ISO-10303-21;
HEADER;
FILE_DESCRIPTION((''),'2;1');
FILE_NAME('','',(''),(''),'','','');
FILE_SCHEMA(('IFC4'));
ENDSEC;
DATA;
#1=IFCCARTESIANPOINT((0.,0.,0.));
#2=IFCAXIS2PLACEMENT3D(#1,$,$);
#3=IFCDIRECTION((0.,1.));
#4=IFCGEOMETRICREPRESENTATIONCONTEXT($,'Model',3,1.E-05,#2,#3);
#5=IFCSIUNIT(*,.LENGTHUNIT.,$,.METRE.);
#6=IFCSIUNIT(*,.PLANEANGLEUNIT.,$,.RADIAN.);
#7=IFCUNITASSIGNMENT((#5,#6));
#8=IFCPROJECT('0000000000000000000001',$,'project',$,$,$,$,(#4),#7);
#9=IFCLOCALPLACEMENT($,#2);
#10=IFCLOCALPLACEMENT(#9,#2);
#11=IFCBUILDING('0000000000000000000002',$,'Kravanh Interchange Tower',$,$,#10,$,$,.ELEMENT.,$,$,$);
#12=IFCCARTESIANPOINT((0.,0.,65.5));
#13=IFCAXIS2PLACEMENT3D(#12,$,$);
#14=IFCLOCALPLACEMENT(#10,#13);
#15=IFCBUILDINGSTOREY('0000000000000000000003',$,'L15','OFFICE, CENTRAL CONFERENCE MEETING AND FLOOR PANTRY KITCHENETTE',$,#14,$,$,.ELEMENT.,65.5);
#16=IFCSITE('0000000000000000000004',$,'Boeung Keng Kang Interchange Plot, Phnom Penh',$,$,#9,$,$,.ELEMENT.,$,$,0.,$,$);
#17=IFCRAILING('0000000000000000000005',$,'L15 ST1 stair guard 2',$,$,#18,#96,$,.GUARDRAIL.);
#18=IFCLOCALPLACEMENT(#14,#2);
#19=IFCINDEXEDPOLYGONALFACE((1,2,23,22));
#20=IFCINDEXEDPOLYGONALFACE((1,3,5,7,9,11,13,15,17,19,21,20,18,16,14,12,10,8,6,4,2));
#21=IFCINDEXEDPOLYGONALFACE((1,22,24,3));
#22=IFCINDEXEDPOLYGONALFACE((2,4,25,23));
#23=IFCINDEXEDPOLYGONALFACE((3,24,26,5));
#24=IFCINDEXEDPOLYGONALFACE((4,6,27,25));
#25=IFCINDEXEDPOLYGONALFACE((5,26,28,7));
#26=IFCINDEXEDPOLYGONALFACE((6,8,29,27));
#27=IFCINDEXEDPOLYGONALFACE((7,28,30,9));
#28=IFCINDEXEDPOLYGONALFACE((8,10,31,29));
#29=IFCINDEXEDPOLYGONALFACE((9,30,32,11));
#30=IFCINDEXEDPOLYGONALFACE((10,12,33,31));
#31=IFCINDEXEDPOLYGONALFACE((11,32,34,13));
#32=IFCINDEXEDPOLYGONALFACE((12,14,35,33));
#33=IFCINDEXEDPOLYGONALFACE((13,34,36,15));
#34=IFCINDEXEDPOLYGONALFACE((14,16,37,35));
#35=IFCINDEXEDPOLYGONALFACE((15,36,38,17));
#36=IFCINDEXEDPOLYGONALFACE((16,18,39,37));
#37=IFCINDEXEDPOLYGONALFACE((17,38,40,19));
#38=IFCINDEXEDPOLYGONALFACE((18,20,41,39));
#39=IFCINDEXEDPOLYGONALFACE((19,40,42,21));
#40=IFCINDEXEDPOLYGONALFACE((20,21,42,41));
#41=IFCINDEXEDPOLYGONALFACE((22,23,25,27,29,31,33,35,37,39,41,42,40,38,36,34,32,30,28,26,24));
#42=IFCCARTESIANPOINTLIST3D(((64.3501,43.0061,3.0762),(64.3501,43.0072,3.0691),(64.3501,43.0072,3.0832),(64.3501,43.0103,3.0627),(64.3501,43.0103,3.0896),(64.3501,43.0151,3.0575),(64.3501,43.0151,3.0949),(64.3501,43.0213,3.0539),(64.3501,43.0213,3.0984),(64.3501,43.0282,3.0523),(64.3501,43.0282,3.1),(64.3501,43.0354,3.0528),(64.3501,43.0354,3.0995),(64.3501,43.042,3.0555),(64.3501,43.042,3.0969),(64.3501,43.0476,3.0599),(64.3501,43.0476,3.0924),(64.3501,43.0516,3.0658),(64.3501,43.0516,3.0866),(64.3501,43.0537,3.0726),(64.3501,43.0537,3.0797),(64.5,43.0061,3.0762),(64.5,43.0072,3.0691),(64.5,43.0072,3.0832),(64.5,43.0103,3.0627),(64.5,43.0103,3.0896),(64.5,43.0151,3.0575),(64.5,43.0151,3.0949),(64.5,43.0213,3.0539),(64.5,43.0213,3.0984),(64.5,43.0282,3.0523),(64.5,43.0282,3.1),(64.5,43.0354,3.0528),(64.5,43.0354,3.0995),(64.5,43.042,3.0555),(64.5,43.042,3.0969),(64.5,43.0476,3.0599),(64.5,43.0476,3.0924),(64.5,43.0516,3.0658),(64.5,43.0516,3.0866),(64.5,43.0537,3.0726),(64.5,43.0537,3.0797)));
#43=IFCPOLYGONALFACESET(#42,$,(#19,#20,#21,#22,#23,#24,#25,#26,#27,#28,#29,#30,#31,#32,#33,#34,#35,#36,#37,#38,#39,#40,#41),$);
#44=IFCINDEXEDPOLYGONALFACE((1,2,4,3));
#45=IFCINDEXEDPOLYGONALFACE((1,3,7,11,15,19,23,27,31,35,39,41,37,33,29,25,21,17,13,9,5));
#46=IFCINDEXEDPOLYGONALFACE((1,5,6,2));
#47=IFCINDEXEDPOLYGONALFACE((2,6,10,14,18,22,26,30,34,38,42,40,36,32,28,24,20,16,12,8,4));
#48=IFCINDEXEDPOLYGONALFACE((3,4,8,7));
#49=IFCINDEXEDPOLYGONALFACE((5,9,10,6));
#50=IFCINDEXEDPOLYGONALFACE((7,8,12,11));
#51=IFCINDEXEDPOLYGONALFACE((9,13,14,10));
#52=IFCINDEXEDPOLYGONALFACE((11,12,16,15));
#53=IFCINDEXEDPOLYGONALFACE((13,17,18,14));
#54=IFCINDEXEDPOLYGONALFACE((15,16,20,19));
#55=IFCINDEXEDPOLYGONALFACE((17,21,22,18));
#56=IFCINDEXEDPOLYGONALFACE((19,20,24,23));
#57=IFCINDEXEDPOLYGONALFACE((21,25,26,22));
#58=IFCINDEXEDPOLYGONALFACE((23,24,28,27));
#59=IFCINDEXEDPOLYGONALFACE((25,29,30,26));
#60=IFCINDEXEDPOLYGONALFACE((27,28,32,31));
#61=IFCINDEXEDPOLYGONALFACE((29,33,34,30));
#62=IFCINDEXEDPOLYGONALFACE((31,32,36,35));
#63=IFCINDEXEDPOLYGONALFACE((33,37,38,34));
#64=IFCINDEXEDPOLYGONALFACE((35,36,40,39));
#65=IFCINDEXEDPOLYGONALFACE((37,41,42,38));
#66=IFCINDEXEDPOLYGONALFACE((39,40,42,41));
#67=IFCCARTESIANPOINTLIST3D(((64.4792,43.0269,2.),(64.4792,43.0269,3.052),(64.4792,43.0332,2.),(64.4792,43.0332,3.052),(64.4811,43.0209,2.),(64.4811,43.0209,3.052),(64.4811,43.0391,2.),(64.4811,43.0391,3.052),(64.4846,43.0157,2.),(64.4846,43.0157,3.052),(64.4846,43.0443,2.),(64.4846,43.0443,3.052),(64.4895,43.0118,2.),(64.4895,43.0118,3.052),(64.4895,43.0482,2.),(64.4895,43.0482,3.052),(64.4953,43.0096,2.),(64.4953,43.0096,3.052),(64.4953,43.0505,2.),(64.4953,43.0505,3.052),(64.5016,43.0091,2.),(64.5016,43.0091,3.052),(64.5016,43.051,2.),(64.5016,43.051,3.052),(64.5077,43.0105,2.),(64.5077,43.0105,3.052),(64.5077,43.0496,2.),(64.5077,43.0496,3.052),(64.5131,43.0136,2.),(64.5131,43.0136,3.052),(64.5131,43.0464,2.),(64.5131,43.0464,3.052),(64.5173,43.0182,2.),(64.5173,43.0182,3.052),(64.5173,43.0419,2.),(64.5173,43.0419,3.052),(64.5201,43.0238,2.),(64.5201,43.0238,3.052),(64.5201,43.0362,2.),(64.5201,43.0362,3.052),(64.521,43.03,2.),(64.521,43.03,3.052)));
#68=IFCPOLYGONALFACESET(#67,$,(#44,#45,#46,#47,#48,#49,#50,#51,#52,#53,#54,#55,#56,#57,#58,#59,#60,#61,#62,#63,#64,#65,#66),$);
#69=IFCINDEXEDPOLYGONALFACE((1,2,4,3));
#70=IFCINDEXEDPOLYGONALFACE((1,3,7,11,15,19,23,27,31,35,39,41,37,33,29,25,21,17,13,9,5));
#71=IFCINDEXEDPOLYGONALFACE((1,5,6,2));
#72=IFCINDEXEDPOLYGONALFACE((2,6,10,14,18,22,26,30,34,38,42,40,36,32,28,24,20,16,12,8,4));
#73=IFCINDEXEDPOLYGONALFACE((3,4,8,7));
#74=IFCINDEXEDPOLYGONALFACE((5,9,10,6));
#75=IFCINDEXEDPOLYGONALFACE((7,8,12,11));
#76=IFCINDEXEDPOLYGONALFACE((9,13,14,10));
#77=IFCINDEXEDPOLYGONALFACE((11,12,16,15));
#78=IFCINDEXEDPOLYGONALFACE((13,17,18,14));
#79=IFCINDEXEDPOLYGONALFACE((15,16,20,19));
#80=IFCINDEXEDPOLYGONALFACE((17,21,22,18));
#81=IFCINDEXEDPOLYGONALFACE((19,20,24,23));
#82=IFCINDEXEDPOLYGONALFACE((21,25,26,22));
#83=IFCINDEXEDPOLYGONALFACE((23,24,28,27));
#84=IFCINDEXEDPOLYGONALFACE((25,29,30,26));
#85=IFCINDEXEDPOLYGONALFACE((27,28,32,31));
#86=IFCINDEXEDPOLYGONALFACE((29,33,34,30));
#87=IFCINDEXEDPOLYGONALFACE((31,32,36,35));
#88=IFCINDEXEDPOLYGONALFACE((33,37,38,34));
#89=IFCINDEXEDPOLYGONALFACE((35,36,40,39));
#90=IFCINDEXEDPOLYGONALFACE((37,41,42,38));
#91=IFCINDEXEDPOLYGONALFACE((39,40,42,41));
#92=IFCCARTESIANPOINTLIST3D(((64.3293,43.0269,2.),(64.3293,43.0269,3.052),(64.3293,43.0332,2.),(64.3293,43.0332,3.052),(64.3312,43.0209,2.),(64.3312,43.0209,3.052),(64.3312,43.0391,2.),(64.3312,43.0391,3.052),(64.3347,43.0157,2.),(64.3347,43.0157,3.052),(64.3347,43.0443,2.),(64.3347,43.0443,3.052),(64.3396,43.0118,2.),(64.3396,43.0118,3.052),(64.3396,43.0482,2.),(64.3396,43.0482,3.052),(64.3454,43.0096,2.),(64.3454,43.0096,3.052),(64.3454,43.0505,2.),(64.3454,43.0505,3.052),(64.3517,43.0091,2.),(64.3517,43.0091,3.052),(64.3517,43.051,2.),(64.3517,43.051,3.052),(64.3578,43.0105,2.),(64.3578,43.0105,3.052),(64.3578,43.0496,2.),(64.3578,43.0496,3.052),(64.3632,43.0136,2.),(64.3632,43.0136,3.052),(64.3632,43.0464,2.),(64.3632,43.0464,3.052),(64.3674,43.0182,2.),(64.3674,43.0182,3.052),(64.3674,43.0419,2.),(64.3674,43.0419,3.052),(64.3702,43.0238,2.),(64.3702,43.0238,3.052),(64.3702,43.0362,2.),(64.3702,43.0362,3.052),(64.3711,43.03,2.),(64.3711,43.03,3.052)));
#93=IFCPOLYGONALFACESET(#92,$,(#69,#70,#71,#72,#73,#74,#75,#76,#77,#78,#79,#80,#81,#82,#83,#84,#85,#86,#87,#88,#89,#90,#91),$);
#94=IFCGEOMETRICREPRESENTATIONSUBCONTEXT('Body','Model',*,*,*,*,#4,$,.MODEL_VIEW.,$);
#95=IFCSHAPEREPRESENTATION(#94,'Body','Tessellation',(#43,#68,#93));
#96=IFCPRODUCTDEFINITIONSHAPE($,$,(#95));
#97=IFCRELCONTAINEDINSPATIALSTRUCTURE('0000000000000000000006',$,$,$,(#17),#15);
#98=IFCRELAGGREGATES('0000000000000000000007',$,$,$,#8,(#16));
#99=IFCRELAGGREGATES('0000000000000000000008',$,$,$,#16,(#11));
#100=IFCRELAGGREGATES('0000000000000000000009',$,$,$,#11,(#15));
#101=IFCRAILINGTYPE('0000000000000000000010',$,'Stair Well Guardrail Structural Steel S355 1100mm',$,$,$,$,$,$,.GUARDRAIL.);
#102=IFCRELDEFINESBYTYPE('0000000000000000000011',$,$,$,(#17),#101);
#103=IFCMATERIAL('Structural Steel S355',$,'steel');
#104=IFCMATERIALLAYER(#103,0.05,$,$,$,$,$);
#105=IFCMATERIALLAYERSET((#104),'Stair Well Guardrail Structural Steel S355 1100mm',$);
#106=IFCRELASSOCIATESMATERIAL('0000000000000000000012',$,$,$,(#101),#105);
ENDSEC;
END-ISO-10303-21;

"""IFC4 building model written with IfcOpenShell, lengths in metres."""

from ifc_helpers import new_model, si_unit, direction, frame, origin, origin_2d, place, context, subcontext, project, spatial, circle, extrude, material, layer, layer_set, type_object, element, save


model = new_model("IFC4")

# Units and contexts
model_context = context("Model", 3, precision=1e-05, world=origin(), true_north=direction((0.0, 1.0)))
body_context = subcontext(model_context, "Body", "Model", "MODEL_VIEW")
ifc_project = project(units=[si_unit("LENGTHUNIT", "METRE"), si_unit("PLANEANGLEUNIT", "RADIAN")], contexts=[model_context])

# Site, building, storey
site_placement = place(None, origin())
site = spatial("IfcSite", under=ifc_project, at=site_placement, Name="Boeung Keng Kang Interchange Plot, Phnom Penh", CompositionType="ELEMENT", RefElevation=0.0)
building_placement = place(site_placement, origin())
building = spatial("IfcBuilding", under=site, at=building_placement, Name="Kravanh Interchange Tower", CompositionType="ELEMENT")
storey_placement = place(building_placement, frame((0.0, 0.0, 65.5)))
storey = spatial("IfcBuildingStorey", under=building, at=storey_placement, Name="L15", Description="OFFICE, CENTRAL CONFERENCE MEETING AND FLOOR PANTRY KITCHENETTE", CompositionType="ELEMENT", Elevation=65.5)

# Railing
ifc_material_1 = material(Name="Structural Steel S355", Category="steel")
ifc_layer_1 = layer(ifc_material_1, 0.05)
ifc_layer_set_1 = layer_set([ifc_layer_1], Name="Stair Well Guardrail Structural Steel S355 1100mm")
railing_type_1 = type_object("IfcRailingType", Name="Stair Well Guardrail Structural Steel S355 1100mm", PredefinedType="GUARDRAIL", material=ifc_layer_set_1)
railing_1_placement = place(storey_placement, frame((64.5, 43.03, 2.0)))
element("IfcRailing", 1, at=railing_1_placement, inside=storey, type_object=railing_type_1, Name="L15 ST1 stair guard 2", PredefinedType="GUARDRAIL", context=body_context, shape_type="SweptSolid", body=[
    extrude(circle(Radius=0.0239, at=origin_2d()), frame((0.0, 0.0, 1.0762), z_axis=(-1.0, 0.0, 0.0), x_axis=(0.0, -1.0, 0.0)), (0.0, 0.0, 1.0), 0.1499),
    extrude(circle(Radius=0.021, at=origin_2d()), origin(), (0.0, 0.0, 1.0), 1.052),
    extrude(circle(Radius=0.021, at=origin_2d()), frame((-0.1499, 0.0, 0.0)), (0.0, 0.0, 1.0), 1.052),
])

save(model, "model.ifc")
